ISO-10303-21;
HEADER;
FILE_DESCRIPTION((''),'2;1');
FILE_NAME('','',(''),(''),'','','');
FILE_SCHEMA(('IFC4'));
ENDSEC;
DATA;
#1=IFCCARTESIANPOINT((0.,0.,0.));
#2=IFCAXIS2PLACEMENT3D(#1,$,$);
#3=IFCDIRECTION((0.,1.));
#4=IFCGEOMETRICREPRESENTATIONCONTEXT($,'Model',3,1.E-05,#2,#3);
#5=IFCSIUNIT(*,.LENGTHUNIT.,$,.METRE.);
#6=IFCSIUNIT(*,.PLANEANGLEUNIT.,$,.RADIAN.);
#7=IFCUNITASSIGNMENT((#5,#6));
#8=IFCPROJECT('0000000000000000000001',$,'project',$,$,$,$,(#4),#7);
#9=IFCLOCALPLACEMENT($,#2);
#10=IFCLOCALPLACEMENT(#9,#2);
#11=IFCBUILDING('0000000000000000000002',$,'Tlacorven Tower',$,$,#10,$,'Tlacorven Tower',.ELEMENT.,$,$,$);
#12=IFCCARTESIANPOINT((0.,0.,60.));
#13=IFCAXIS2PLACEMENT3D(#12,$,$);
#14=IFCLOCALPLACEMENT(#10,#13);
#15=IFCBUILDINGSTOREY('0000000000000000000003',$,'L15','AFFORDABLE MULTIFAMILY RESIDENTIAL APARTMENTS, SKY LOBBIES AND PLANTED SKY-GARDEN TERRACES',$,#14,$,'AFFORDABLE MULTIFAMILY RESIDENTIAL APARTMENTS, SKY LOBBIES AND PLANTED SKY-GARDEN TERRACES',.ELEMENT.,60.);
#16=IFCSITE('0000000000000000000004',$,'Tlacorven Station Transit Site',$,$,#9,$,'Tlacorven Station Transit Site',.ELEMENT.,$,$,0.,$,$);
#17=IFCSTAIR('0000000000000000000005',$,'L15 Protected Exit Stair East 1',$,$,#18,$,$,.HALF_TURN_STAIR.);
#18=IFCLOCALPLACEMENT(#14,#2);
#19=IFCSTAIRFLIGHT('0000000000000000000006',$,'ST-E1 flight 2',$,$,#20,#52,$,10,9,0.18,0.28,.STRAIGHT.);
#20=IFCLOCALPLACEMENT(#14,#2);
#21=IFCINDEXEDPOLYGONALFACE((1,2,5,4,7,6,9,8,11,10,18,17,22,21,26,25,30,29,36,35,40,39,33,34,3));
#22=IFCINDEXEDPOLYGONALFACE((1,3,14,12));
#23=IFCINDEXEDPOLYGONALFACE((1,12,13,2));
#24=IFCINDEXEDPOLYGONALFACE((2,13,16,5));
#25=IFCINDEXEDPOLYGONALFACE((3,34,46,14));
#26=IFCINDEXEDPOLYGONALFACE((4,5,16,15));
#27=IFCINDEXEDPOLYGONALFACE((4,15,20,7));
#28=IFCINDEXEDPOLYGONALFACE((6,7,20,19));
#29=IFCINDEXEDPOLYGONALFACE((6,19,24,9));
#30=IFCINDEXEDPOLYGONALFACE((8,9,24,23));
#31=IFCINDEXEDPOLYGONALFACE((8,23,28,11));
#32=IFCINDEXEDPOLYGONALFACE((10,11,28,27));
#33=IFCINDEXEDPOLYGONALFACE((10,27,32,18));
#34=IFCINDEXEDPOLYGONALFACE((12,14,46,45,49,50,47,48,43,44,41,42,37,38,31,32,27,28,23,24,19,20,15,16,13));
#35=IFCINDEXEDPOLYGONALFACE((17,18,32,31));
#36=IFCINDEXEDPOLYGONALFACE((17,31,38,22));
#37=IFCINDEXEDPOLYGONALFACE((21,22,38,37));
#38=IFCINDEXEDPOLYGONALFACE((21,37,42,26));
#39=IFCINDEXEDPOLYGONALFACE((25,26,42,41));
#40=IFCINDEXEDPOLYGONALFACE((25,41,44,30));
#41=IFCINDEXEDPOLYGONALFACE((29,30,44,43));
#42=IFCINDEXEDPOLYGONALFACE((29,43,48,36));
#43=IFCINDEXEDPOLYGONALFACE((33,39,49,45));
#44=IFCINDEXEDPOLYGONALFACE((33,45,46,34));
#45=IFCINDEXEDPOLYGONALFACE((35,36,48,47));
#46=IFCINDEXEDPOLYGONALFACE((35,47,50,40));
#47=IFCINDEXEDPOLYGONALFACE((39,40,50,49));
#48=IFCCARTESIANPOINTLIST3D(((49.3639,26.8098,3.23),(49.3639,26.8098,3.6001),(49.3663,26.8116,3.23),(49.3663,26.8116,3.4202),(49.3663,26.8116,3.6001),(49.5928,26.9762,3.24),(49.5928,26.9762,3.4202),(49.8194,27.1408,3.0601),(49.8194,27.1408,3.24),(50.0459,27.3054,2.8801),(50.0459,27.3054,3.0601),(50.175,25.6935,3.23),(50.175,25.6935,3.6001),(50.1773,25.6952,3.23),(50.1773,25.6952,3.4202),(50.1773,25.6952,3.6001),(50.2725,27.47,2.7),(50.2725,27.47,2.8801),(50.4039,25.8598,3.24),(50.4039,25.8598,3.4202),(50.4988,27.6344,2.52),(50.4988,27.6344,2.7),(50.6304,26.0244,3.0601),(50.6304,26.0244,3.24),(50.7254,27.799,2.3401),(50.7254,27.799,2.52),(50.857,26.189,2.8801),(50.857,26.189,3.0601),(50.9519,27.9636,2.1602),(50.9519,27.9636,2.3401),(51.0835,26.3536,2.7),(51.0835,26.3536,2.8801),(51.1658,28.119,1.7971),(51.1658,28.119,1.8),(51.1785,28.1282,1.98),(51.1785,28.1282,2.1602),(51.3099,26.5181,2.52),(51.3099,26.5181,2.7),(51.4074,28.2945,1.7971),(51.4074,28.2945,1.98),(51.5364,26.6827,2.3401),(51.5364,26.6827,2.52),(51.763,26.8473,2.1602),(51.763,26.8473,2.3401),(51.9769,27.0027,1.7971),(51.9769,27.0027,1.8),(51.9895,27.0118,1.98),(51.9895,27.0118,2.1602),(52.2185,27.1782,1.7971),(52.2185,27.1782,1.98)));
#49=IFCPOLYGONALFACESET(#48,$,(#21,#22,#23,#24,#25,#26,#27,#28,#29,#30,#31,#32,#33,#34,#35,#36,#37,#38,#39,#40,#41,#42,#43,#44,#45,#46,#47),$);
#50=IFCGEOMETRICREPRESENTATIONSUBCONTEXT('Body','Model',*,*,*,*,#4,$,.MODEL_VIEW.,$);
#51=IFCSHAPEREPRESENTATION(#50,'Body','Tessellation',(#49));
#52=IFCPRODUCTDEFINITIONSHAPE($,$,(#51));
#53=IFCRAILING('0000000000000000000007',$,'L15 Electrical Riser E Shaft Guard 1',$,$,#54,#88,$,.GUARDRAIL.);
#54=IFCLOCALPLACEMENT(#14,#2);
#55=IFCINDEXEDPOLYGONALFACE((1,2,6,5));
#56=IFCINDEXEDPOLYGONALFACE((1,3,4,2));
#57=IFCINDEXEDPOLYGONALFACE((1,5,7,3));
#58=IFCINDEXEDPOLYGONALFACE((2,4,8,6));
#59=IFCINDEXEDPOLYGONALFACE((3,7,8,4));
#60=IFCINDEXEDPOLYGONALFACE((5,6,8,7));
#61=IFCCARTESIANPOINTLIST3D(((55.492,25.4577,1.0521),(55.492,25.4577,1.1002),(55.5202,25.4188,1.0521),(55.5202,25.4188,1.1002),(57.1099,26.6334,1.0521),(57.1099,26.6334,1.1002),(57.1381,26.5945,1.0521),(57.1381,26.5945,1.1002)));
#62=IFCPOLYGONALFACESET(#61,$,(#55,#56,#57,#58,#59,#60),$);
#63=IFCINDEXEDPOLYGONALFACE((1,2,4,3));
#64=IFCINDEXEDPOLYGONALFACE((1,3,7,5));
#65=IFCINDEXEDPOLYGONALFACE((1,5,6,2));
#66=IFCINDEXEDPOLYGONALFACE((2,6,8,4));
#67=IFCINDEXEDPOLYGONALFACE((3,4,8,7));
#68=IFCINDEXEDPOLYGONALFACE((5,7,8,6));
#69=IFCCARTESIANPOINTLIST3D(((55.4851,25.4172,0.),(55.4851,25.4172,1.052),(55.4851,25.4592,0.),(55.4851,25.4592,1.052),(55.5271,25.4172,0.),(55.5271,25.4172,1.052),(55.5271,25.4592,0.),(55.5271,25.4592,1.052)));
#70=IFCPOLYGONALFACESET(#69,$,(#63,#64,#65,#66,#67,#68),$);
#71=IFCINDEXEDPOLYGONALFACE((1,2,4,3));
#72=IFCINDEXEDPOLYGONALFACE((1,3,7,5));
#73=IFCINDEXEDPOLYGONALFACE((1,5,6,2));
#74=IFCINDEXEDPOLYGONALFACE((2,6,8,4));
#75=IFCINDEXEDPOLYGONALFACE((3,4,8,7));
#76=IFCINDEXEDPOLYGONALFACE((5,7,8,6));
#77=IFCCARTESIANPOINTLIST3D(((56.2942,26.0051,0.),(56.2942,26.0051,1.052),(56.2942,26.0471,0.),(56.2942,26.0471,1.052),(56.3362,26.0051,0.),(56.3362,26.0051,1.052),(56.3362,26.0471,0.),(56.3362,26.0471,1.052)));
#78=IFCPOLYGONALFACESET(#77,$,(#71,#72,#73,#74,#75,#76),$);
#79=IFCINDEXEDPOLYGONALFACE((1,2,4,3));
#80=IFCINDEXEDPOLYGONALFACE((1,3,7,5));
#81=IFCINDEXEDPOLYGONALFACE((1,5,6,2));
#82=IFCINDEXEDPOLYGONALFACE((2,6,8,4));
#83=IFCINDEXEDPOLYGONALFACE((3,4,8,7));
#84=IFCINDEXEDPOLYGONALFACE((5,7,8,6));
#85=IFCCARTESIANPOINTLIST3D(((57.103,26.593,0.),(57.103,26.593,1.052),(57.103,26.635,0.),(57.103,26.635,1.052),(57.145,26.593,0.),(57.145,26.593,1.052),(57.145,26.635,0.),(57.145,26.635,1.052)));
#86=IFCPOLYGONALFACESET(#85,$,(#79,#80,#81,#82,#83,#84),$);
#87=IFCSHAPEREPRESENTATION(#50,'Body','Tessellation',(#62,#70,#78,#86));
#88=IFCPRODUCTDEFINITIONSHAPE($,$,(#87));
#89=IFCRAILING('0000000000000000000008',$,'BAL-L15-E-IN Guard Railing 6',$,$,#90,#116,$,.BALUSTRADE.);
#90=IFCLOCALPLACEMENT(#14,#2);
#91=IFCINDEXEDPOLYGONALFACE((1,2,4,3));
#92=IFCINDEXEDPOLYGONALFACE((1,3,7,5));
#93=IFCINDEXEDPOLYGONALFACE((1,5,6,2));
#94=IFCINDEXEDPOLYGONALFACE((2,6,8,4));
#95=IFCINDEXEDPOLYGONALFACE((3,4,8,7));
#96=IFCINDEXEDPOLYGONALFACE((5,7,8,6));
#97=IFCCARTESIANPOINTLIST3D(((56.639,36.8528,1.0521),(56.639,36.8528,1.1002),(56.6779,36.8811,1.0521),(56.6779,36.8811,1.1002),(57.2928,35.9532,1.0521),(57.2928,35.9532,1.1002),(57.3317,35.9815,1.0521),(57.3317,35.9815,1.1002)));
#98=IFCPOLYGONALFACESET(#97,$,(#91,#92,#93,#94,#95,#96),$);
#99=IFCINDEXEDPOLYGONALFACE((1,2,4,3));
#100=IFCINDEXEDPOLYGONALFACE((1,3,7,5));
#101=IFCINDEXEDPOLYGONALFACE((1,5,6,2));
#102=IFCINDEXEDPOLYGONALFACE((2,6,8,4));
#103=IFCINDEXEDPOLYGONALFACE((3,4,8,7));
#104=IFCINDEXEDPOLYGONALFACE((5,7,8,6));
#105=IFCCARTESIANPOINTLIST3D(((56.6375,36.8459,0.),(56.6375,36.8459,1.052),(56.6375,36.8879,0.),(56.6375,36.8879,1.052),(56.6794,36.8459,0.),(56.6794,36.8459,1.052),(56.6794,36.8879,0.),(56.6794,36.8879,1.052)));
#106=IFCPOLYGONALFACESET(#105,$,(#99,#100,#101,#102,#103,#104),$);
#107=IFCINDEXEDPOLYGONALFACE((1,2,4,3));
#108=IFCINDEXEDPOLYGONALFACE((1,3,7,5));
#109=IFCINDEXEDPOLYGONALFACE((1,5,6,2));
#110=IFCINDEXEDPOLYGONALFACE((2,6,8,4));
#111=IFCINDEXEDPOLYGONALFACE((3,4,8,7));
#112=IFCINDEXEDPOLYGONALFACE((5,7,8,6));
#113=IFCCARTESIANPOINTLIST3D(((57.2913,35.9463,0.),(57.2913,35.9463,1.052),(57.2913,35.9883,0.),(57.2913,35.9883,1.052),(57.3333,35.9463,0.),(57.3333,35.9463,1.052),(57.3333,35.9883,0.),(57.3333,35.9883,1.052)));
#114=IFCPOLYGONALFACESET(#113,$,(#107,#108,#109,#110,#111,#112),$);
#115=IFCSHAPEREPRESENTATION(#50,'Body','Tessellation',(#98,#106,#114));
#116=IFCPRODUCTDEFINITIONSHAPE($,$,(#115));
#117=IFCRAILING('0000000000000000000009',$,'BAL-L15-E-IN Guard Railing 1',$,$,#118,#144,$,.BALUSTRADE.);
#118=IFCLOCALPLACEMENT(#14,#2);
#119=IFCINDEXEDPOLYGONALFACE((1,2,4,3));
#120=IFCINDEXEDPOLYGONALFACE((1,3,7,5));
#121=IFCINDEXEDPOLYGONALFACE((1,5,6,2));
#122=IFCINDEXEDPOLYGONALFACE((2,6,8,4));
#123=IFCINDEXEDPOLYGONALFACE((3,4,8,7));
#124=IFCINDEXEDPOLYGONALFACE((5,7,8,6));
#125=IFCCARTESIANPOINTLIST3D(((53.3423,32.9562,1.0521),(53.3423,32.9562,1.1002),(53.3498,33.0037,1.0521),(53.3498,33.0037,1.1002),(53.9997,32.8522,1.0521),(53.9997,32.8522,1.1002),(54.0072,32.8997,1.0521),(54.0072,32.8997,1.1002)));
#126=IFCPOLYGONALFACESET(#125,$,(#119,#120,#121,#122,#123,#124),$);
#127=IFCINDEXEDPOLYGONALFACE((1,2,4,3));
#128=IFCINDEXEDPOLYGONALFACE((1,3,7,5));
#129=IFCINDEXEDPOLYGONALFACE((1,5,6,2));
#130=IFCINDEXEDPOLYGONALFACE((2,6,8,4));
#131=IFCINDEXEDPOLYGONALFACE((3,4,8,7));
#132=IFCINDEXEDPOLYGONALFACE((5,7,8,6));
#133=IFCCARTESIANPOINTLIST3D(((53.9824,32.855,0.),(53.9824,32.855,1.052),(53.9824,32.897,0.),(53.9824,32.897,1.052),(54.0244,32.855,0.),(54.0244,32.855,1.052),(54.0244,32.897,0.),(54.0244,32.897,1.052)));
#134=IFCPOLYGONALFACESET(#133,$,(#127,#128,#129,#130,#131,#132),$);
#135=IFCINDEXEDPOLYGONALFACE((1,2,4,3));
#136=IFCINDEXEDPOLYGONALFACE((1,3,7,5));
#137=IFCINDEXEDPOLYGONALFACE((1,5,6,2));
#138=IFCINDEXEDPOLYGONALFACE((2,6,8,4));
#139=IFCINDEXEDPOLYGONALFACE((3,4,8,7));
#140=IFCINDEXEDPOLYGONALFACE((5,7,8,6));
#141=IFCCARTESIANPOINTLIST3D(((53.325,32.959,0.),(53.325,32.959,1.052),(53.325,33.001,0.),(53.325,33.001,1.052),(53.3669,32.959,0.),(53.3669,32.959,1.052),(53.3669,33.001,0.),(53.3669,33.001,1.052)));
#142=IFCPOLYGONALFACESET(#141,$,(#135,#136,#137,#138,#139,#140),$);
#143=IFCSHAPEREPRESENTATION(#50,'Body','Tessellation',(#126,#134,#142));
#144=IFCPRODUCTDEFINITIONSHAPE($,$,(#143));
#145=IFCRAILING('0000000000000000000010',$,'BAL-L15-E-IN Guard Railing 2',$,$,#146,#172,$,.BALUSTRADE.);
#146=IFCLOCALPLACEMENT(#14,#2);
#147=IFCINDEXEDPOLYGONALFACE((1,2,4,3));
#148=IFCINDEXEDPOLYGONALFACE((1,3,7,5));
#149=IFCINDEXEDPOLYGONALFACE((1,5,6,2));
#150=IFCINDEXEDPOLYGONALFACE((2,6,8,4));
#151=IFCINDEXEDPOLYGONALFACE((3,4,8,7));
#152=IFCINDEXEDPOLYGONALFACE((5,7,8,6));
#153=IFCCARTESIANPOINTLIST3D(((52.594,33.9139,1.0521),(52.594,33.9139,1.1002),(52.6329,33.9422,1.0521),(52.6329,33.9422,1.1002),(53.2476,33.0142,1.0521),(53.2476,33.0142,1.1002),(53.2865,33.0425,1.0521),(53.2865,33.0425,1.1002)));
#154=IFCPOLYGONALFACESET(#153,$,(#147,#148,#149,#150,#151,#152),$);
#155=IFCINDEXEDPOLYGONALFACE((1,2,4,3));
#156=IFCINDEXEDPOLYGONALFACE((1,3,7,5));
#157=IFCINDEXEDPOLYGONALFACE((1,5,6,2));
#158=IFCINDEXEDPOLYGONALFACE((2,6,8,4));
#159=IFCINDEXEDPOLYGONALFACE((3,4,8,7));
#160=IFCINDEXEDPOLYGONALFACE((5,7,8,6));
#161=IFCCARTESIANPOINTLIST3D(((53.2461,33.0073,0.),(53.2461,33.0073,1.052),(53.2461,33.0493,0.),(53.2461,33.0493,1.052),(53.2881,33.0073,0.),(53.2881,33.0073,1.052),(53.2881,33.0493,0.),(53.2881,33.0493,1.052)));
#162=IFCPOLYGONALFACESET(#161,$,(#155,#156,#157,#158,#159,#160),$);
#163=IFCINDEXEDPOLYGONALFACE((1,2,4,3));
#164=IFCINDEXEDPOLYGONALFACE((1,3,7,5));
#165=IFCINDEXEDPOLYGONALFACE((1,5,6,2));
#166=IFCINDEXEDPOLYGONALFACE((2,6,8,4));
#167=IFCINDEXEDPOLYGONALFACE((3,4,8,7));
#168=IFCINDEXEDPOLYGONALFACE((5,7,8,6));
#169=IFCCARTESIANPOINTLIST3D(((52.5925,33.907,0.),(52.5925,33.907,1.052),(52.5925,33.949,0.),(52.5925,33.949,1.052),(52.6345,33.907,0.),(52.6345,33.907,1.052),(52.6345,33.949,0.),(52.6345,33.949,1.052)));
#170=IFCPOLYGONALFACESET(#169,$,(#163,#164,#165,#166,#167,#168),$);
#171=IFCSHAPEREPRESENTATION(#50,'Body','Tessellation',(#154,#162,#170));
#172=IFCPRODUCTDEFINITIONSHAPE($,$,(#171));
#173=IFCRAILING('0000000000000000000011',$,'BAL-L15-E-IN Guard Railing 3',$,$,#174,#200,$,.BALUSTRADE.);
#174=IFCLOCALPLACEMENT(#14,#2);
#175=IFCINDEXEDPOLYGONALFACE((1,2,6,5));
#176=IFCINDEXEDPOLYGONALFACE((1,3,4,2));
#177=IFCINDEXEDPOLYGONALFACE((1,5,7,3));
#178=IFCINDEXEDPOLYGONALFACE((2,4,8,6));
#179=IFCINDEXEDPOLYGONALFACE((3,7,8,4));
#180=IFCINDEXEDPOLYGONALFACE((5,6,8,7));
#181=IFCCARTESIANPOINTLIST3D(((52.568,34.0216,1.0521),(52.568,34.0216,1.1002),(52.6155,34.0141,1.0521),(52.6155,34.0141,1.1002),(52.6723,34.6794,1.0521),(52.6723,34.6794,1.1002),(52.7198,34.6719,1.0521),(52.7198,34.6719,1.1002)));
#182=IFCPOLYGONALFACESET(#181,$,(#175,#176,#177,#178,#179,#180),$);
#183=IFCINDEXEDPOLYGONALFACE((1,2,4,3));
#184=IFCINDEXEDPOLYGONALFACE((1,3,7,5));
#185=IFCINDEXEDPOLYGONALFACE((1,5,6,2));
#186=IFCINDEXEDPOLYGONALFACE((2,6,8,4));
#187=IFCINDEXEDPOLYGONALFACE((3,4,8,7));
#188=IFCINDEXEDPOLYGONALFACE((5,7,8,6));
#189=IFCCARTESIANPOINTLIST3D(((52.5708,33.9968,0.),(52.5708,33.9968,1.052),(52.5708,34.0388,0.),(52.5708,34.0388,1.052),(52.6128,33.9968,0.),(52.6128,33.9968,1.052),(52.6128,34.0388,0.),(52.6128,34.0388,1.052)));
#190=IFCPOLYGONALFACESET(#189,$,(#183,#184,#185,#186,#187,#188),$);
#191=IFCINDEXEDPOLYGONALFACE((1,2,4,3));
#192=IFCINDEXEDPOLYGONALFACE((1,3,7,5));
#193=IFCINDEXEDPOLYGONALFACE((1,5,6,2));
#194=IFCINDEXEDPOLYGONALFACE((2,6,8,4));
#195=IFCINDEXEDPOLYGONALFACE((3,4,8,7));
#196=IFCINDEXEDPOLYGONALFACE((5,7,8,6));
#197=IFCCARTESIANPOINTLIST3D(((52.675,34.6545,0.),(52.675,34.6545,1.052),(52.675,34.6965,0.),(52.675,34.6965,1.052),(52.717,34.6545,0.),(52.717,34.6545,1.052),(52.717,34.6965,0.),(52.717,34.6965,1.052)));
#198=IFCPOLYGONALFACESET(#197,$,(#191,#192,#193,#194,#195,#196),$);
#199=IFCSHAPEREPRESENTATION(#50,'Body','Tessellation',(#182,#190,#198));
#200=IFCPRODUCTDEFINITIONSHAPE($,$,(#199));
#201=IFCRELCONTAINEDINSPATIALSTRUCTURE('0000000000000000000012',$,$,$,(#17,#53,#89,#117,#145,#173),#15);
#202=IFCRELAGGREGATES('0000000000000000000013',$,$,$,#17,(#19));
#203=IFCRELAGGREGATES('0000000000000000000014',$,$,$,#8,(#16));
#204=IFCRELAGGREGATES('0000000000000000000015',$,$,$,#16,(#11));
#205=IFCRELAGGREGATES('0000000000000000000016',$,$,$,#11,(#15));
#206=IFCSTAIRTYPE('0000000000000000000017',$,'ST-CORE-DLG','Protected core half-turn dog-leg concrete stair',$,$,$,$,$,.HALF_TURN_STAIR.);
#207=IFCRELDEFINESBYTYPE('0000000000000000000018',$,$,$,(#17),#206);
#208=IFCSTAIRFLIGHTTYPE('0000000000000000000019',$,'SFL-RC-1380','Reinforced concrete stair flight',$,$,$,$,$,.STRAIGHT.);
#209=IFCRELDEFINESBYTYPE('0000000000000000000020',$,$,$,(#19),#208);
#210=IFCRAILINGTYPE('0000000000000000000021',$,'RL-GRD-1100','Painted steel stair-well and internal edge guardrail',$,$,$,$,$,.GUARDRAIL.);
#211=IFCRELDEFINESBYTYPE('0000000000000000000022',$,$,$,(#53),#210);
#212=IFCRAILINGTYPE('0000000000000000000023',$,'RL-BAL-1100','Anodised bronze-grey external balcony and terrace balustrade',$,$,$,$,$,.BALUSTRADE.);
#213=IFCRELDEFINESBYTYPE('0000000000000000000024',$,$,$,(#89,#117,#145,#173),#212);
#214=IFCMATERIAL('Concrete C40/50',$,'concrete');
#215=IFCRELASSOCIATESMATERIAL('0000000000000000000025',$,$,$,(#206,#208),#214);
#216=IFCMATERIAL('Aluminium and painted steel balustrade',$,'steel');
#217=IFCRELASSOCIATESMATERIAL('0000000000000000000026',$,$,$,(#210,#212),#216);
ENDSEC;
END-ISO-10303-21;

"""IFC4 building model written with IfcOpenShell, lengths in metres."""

from ifc_helpers import new_model, si_unit, direction, frame, origin, origin_2d, place, context, subcontext, project, spatial, polyline, rectangle, outline, extrude, source, transform, mapped, material, type_object, element, aggregate, save


model = new_model("IFC4")

# Units and contexts
model_context = context("Model", 3, precision=1e-05, world=origin(), true_north=direction((0.0, 1.0)))
body_context = subcontext(model_context, "Body", "Model", "MODEL_VIEW")
ifc_project = project(units=[si_unit("LENGTHUNIT", "METRE"), si_unit("PLANEANGLEUNIT", "RADIAN")], contexts=[model_context])

# Site, building, storey
site_placement = place(None, origin())
site = spatial("IfcSite", under=ifc_project, at=site_placement, Name="Tlacorven Station Transit Site", LongName="Tlacorven Station Transit Site", CompositionType="ELEMENT", RefElevation=0.0)
building_placement = place(site_placement, origin())
building = spatial("IfcBuilding", under=site, at=building_placement, Name="Tlacorven Tower", LongName="Tlacorven Tower", CompositionType="ELEMENT")
storey_placement = place(building_placement, frame((0.0, 0.0, 60.0)))
storey = spatial("IfcBuildingStorey", under=building, at=storey_placement, Name="L15", Description="AFFORDABLE MULTIFAMILY RESIDENTIAL APARTMENTS, SKY LOBBIES AND PLANTED SKY-GARDEN TERRACES", LongName="AFFORDABLE MULTIFAMILY RESIDENTIAL APARTMENTS, SKY LOBBIES AND PLANTED SKY-GARDEN TERRACES", CompositionType="ELEMENT", Elevation=60.0)

# Stair, stair flight
ifc_material_1 = material(Name="Concrete C40/50", Category="concrete")
stair_type = type_object("IfcStairType", Name="ST-CORE-DLG", Description="Protected core half-turn dog-leg concrete stair", PredefinedType="HALF_TURN_STAIR", material=ifc_material_1)
stair_placement = place(storey_placement, origin())
stair = element("IfcStair", 1, at=stair_placement, inside=storey, type_object=stair_type, Name="L15 Protected Exit Stair East 1", PredefinedType="HALF_TURN_STAIR")
stair_flight_type = type_object("IfcStairFlightType", Name="SFL-RC-1380", Description="Reinforced concrete stair flight", PredefinedType="STRAIGHT", material=ifc_material_1)
shared_shape_1 = source(origin(), body_context, "Body", "SweptSolid", [
    extrude(outline(polyline([(-0.0029, -0.0029), (-0.0029, 0.1799), (0.28, 0.1799), (0.28, 0.3601), (0.5601, 0.3601), (0.5601, 0.54), (0.8401, 0.54), (0.8401, 0.72), (1.1201, 0.72), (1.1201, 0.8999), (1.3999, 0.8999), (1.3999, 1.0801), (1.6799, 1.0801), (1.6799, 1.26), (1.96, 1.26), (1.96, 1.4399), (2.24, 1.4399), (2.24, 1.6201), (2.52, 1.6201), (2.52, 1.8), (2.5229, 1.8), (2.5229, 1.4299), (2.52, 1.4299), (0.2957, 0.0), (0.2957, -0.0029), (-0.0029, -0.0029)])), frame((0.0, 0.6899, 0.0), z_axis=(0.0, -1.0, 0.0), x_axis=(1.0, 0.0, 0.0)), (0.0, 0.0, 1.0), 1.3799),
])
stair_flight_placement = place(storey_placement, frame((51.8105, 27.7346, 1.8), z_axis=(0.0, 0.0, 1.0), x_axis=(-0.809017, -0.587785, 0.0)))
stair_flight = element("IfcStairFlight", 2, at=stair_flight_placement, type_object=stair_flight_type, Name="ST-E1 flight 2", NumberOfRisers=10, NumberOfTreads=9, PredefinedType="STRAIGHT", RiserHeight=0.18, TreadLength=0.28, context=body_context, shape_type="MappedRepresentation", body=[
    mapped(shared_shape_1, transform((0.0, 0.0, 0.0), scale=1.0)),
])
aggregate(stair, [stair_flight])

# Railings
ifc_material_2 = material(Name="Aluminium and painted steel balustrade", Category="steel")
railing_type_1 = type_object("IfcRailingType", Name="RL-GRD-1100", Description="Painted steel stair-well and internal edge guardrail", PredefinedType="GUARDRAIL", material=ifc_material_2)
shared_shape_2 = source(origin(), body_context, "Body", "SweptSolid", [
    extrude(rectangle(XDim=0.0481, YDim=0.0481, at=origin_2d()), frame((0.0, 0.0, 1.0762), z_axis=(0.808947, 0.587881, 0.0), x_axis=(-0.587881, 0.808947, 0.0)), (0.0, 0.0, 1.0), 2.0),
    extrude(rectangle(XDim=0.042, YDim=0.042, at=origin_2d()), origin(), (0.0, 0.0, 1.0), 1.052),
    extrude(rectangle(XDim=0.042, YDim=0.042, at=origin_2d()), frame((0.8091, 0.5879, 0.0)), (0.0, 0.0, 1.0), 1.052),
    extrude(rectangle(XDim=0.042, YDim=0.042, at=origin_2d()), frame((1.6179, 1.1758, 0.0)), (0.0, 0.0, 1.0), 1.052),
])
railing_1_placement = place(storey_placement, frame((55.5061, 25.4382, 0.0)))
element("IfcRailing", 3, at=railing_1_placement, inside=storey, type_object=railing_type_1, Name="L15 Electrical Riser E Shaft Guard 1", PredefinedType="GUARDRAIL", context=body_context, shape_type="MappedRepresentation", body=[
    mapped(shared_shape_2, transform((0.0, 0.0, 0.0), scale=1.0)),
])
railing_type_2 = type_object("IfcRailingType", Name="RL-BAL-1100", Description="Anodised bronze-grey external balcony and terrace balustrade", PredefinedType="BALUSTRADE", material=ifc_material_2)
shared_shape_3 = source(origin(), body_context, "Body", "SweptSolid", [
    extrude(rectangle(XDim=0.0481, YDim=0.0481, at=origin_2d()), frame((0.0, 0.0, 1.0762), z_axis=(0.587884, -0.808945, 0.0), x_axis=(0.808945, 0.587884, 0.0)), (0.0, 0.0, 1.0), 1.1121),
    extrude(rectangle(XDim=0.042, YDim=0.042, at=origin_2d()), origin(), (0.0, 0.0, 1.0), 1.052),
    extrude(rectangle(XDim=0.042, YDim=0.042, at=origin_2d()), frame((0.6538, -0.8997, 0.0)), (0.0, 0.0, 1.0), 1.052),
])
railing_2_placement = place(storey_placement, frame((56.6584, 36.8669, 0.0)))
element("IfcRailing", 4, at=railing_2_placement, inside=storey, type_object=railing_type_2, Name="BAL-L15-E-IN Guard Railing 6", PredefinedType="BALUSTRADE", context=body_context, shape_type="MappedRepresentation", body=[
    mapped(shared_shape_3, transform((0.0, 0.0, 0.0), scale=1.0)),
])
shared_shape_4 = source(origin(), body_context, "Body", "SweptSolid", [
    extrude(rectangle(XDim=0.0481, YDim=0.0481, at=origin_2d()), frame((0.0, 0.0, 1.0762), z_axis=(-0.987718, 0.156245, 0.0), x_axis=(-0.156245, -0.987718, 0.0)), (0.0, 0.0, 1.0), 0.6655),
    extrude(rectangle(XDim=0.042, YDim=0.042, at=origin_2d()), origin(), (0.0, 0.0, 1.0), 1.052),
    extrude(rectangle(XDim=0.042, YDim=0.042, at=origin_2d()), frame((-0.6575, 0.104, 0.0)), (0.0, 0.0, 1.0), 1.052),
])
railing_3_placement = place(storey_placement, frame((54.0034, 32.876, 0.0)))
element("IfcRailing", 5, at=railing_3_placement, inside=storey, type_object=railing_type_2, Name="BAL-L15-E-IN Guard Railing 1", PredefinedType="BALUSTRADE", context=body_context, shape_type="MappedRepresentation", body=[
    mapped(shared_shape_4, transform((0.0, 0.0, 0.0), scale=1.0)),
])
shared_shape_5 = source(origin(), body_context, "Body", "SweptSolid", [
    extrude(rectangle(XDim=0.0481, YDim=0.0481, at=origin_2d()), frame((0.0, 0.0, 1.0762), z_axis=(-0.587741, 0.809049, 0.0), x_axis=(-0.809049, -0.587741, 0.0)), (0.0, 0.0, 1.0), 1.1121),
    extrude(rectangle(XDim=0.042, YDim=0.042, at=origin_2d()), origin(), (0.0, 0.0, 1.0), 1.052),
    extrude(rectangle(XDim=0.042, YDim=0.042, at=origin_2d()), frame((-0.6536, 0.8997, 0.0)), (0.0, 0.0, 1.0), 1.052),
])
railing_4_placement = place(storey_placement, frame((53.2671, 33.0283, 0.0)))
element("IfcRailing", 6, at=railing_4_placement, inside=storey, type_object=railing_type_2, Name="BAL-L15-E-IN Guard Railing 2", PredefinedType="BALUSTRADE", context=body_context, shape_type="MappedRepresentation", body=[
    mapped(shared_shape_5, transform((0.0, 0.0, 0.0), scale=1.0)),
])
shared_shape_6 = source(origin(), body_context, "Body", "SweptSolid", [
    extrude(rectangle(XDim=0.0481, YDim=0.0481, at=origin_2d()), frame((0.0, 0.0, 1.0762), z_axis=(0.156546, 0.987671, 0.0), x_axis=(-0.987671, 0.156546, 0.0)), (0.0, 0.0, 1.0), 0.666),
    extrude(rectangle(XDim=0.042, YDim=0.042, at=origin_2d()), origin(), (0.0, 0.0, 1.0), 1.052),
    extrude(rectangle(XDim=0.042, YDim=0.042, at=origin_2d()), frame((0.1042, 0.6577, 0.0)), (0.0, 0.0, 1.0), 1.052),
])
railing_5_placement = place(storey_placement, frame((52.5918, 34.0178, 0.0)))
element("IfcRailing", 7, at=railing_5_placement, inside=storey, type_object=railing_type_2, Name="BAL-L15-E-IN Guard Railing 3", PredefinedType="BALUSTRADE", context=body_context, shape_type="MappedRepresentation", body=[
    mapped(shared_shape_6, transform((0.0, 0.0, 0.0), scale=1.0)),
])

save(model, "model.ifc")
